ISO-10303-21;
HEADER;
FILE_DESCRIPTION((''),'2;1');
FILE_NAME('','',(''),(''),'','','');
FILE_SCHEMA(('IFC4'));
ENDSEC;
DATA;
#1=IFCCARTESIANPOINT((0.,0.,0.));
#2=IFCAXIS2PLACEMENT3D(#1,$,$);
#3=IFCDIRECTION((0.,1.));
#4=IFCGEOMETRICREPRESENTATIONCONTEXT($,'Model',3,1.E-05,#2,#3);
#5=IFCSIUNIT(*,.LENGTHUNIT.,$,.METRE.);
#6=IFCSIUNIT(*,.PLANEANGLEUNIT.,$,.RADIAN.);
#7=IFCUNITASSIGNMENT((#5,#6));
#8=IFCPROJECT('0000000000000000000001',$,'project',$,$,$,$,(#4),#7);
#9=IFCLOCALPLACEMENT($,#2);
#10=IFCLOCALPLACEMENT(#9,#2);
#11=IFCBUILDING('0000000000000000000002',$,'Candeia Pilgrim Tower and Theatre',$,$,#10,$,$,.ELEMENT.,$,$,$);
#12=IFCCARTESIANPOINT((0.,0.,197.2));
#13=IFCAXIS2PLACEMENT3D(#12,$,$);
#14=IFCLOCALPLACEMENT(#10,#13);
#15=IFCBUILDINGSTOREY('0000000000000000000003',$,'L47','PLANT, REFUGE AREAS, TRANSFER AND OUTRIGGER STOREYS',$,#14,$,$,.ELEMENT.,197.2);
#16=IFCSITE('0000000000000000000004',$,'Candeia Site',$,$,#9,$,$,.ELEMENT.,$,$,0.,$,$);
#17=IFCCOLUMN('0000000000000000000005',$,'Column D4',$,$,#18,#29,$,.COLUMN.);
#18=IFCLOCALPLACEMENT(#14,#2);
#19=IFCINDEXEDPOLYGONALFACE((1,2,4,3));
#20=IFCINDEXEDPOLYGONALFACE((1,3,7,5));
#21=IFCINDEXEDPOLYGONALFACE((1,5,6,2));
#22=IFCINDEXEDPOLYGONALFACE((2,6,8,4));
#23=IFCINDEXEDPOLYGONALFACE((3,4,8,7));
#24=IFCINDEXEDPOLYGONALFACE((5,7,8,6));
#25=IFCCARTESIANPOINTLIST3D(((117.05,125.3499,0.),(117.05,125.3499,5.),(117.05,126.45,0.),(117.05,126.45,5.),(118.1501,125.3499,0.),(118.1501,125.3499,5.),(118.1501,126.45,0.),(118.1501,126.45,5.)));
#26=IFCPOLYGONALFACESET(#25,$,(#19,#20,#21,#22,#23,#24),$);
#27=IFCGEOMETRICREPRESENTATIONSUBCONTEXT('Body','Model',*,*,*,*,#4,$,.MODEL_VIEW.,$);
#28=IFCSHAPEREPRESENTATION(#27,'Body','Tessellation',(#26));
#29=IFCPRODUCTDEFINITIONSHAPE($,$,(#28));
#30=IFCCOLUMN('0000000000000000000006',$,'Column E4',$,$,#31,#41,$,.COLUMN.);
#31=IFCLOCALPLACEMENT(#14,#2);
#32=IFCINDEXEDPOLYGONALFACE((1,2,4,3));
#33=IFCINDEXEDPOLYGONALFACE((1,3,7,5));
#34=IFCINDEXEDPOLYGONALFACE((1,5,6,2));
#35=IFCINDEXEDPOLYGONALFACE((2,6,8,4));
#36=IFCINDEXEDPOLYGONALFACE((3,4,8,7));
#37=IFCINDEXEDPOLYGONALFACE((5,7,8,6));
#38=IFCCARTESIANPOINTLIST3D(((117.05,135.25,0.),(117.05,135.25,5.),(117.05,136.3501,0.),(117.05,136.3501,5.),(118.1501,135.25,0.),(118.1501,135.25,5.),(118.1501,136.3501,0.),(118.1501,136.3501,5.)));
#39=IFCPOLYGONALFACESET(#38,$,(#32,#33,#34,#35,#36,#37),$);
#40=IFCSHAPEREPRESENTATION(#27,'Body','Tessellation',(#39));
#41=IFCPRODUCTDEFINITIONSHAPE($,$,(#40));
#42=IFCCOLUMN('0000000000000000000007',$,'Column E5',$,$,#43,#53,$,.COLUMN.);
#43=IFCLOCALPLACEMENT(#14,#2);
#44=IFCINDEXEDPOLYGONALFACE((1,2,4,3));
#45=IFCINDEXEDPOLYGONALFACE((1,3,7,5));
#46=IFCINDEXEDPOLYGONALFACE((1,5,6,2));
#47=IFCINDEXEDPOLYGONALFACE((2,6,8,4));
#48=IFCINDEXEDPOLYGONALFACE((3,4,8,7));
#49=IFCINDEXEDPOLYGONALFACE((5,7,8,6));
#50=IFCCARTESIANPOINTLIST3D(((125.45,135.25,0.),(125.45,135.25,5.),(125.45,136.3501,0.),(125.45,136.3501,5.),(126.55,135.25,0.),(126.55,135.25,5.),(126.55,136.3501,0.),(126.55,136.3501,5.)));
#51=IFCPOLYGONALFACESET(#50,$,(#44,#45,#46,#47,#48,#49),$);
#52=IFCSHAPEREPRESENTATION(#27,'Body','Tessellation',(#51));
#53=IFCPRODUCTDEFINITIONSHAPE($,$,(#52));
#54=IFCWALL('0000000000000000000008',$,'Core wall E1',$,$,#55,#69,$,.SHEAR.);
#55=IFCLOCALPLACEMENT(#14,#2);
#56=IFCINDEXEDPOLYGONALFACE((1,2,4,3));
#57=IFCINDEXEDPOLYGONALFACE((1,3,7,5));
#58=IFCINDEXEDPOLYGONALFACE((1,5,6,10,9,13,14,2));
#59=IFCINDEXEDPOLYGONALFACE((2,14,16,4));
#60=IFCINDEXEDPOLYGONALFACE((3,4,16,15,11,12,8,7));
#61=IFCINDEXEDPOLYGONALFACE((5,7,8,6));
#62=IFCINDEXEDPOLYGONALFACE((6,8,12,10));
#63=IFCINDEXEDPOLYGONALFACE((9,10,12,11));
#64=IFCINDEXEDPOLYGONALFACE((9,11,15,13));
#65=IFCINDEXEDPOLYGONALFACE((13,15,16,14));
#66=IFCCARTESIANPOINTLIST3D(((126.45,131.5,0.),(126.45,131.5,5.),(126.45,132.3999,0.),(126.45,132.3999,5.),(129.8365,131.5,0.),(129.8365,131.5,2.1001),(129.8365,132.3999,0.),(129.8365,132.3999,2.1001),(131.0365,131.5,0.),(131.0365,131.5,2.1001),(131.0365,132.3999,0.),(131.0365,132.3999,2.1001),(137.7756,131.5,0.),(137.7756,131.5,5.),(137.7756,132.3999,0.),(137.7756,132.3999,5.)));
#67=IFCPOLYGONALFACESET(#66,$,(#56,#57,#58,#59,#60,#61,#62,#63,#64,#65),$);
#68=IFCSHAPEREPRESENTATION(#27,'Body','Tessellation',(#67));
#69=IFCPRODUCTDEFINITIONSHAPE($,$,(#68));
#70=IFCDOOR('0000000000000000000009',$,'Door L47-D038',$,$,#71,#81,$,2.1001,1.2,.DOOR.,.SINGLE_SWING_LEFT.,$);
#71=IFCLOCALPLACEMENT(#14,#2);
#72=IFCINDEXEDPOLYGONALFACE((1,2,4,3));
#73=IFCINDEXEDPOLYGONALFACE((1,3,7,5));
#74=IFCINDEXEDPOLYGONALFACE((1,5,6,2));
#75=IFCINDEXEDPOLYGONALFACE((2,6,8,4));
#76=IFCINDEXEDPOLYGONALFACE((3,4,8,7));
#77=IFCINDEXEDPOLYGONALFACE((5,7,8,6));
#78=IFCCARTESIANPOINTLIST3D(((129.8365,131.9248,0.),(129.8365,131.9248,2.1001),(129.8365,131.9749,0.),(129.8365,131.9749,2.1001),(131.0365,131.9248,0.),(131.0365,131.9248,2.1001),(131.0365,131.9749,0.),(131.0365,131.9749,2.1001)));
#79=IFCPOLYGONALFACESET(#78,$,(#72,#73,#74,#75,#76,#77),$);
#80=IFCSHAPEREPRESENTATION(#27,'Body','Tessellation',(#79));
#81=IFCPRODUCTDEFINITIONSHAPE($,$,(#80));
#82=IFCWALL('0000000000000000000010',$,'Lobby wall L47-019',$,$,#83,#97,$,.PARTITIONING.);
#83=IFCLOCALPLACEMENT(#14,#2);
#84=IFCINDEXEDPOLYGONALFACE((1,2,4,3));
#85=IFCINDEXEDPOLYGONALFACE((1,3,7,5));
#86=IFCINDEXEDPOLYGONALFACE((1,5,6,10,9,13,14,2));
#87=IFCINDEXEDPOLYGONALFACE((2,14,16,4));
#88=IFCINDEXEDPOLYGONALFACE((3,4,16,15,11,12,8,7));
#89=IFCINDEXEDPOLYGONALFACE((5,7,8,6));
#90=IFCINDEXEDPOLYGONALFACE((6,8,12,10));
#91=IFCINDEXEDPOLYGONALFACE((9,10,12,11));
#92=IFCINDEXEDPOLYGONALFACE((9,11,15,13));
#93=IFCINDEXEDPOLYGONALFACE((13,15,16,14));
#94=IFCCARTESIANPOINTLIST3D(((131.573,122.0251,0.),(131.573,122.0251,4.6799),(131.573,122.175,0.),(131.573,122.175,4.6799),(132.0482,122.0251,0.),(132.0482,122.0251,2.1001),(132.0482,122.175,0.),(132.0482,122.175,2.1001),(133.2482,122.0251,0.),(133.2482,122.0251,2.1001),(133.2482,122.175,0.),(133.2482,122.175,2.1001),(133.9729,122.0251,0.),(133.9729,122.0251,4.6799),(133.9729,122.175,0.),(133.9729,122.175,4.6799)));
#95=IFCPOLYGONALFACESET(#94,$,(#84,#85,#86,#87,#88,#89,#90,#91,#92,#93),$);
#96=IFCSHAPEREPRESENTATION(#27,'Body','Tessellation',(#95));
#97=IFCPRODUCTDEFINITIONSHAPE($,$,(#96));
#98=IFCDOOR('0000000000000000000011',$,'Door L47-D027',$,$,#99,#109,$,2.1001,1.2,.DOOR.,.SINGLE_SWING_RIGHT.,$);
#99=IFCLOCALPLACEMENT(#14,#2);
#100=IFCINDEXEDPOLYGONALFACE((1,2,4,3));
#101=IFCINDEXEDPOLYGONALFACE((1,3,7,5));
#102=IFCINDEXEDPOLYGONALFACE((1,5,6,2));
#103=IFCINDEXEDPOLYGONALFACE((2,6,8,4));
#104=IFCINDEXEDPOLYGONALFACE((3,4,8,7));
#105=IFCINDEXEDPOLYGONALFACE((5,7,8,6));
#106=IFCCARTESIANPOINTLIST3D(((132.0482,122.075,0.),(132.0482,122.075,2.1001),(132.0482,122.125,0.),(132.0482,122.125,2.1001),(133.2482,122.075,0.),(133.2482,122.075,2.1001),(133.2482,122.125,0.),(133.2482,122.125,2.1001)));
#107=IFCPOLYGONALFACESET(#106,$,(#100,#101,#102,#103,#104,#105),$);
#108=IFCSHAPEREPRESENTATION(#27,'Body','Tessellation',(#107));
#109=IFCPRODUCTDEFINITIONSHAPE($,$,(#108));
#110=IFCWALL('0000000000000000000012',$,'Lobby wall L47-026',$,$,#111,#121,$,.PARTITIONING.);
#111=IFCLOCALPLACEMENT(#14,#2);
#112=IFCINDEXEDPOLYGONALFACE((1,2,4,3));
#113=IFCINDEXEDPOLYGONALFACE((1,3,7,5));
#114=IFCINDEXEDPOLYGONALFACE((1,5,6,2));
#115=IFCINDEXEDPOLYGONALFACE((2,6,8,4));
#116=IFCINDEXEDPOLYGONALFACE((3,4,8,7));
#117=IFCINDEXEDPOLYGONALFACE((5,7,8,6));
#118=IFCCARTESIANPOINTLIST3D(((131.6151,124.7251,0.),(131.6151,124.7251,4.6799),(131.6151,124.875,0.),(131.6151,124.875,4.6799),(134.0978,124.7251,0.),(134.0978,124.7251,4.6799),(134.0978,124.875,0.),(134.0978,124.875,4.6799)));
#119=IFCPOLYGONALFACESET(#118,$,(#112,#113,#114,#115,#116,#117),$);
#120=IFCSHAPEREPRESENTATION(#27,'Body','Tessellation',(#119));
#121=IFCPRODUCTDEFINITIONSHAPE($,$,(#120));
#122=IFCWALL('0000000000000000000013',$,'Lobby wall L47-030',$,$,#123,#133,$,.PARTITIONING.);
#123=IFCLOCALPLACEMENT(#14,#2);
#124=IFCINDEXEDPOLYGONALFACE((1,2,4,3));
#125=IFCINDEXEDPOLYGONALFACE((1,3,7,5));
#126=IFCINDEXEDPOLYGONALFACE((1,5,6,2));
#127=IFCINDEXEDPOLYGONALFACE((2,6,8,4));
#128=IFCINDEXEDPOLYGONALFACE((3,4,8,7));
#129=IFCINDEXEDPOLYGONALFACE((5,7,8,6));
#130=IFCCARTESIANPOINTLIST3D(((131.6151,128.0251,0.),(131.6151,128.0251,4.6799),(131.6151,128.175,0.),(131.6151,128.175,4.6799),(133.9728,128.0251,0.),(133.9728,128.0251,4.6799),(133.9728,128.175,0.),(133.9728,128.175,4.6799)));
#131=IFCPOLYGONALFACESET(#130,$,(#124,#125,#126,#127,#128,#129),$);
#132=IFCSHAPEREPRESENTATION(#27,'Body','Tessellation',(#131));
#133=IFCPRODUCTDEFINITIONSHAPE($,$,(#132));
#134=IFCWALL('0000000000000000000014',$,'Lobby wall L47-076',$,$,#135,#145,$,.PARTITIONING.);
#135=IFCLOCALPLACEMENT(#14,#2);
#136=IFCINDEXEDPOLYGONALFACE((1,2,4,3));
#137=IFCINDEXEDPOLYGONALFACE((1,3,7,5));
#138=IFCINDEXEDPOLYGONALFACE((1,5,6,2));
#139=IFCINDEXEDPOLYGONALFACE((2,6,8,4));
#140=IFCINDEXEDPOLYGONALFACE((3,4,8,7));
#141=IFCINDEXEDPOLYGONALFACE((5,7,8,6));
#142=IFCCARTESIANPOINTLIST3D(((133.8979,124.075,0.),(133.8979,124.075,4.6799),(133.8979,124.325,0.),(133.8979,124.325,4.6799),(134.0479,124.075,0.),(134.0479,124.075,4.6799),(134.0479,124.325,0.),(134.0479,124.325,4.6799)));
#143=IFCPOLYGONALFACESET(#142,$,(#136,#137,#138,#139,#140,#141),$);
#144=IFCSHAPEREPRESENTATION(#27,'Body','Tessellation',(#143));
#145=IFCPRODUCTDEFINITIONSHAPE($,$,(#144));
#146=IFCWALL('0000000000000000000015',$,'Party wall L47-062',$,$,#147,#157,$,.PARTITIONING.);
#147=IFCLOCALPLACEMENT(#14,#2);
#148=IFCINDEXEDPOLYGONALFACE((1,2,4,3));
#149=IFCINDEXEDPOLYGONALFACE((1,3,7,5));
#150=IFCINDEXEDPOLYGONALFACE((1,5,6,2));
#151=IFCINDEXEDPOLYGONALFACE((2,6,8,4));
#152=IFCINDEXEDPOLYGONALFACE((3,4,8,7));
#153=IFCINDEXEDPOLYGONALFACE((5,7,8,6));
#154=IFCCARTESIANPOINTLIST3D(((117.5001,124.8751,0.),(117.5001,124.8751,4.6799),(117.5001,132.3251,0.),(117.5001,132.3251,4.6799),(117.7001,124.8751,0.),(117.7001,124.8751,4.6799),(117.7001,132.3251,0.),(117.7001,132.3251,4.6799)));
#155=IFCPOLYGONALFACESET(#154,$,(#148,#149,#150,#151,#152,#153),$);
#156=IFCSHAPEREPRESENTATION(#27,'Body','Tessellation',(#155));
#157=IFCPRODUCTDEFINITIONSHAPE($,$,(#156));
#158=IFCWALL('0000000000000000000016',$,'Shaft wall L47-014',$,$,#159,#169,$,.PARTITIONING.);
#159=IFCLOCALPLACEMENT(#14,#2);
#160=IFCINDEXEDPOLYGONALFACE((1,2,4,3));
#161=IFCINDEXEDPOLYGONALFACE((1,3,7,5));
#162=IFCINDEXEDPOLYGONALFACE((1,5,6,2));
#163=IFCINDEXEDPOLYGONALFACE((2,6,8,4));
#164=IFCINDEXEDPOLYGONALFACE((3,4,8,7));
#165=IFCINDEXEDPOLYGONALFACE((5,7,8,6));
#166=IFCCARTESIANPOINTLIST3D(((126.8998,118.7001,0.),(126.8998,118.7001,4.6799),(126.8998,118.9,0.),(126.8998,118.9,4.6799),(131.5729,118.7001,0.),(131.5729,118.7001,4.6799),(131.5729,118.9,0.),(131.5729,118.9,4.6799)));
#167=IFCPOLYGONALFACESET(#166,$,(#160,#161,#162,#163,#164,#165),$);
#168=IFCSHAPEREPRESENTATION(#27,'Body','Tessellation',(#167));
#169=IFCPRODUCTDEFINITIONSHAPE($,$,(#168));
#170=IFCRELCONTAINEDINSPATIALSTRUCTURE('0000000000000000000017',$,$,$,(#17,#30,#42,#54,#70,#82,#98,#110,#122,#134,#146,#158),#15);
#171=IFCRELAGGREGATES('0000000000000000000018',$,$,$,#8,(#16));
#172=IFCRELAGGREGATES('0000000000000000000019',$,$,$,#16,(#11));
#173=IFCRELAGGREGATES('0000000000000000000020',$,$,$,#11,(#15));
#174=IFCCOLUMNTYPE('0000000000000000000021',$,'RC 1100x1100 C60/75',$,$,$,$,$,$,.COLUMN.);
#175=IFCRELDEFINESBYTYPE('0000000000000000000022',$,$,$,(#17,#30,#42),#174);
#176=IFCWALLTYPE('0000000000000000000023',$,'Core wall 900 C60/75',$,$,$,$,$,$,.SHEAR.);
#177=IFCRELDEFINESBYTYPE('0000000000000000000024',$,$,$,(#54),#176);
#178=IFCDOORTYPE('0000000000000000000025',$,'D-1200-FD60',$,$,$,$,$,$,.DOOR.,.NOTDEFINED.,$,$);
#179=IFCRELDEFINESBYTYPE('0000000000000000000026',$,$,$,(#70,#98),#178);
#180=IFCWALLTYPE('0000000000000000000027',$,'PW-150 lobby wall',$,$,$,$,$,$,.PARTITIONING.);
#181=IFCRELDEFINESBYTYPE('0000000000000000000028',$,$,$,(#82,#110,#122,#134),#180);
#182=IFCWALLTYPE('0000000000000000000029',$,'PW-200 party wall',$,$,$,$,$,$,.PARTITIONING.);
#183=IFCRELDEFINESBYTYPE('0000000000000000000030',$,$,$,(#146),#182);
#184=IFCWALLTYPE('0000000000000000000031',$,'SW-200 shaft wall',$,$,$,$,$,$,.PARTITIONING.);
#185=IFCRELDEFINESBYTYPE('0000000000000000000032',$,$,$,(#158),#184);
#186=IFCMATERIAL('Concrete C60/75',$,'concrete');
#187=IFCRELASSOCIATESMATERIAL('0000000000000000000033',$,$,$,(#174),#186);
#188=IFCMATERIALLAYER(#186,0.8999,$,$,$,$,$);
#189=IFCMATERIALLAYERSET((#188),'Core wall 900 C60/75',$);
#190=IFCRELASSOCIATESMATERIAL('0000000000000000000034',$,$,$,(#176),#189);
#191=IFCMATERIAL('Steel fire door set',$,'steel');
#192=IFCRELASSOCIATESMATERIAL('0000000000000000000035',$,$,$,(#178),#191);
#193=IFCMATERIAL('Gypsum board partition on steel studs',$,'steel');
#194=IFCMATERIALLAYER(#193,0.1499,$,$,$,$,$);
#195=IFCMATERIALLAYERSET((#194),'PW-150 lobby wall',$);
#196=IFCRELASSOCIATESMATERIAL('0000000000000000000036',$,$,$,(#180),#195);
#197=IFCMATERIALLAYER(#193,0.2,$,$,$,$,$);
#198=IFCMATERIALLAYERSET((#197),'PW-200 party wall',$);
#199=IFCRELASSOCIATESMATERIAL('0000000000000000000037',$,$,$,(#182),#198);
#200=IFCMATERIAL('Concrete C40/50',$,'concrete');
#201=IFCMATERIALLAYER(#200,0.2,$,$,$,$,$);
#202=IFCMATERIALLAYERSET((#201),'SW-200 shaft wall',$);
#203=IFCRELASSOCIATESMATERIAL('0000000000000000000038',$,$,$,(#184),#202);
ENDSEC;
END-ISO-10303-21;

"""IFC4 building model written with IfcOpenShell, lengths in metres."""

from ifc_helpers import new_model, si_unit, direction, frame, frame_2d, origin, origin_2d, place, context, subcontext, project, spatial, rectangle, extrude, material, layer, layer_set, material_profile, profile_set, type_object, element, fill, save


model = new_model("IFC4")

# Units and contexts
model_context = context("Model", 3, precision=1e-05, world=origin(), true_north=direction((0.0, 1.0)))
body_context = subcontext(model_context, "Body", "Model", "MODEL_VIEW")
ifc_project = project(units=[si_unit("LENGTHUNIT", "METRE"), si_unit("PLANEANGLEUNIT", "RADIAN")], contexts=[model_context])

# Site, building, storey
site_placement = place(None, origin())
site = spatial("IfcSite", under=ifc_project, at=site_placement, Name="Candeia Site", CompositionType="ELEMENT", RefElevation=0.0)
building_placement = place(site_placement, origin())
building = spatial("IfcBuilding", under=site, at=building_placement, Name="Candeia Pilgrim Tower and Theatre", CompositionType="ELEMENT")
storey_placement = place(building_placement, frame((0.0, 0.0, 197.2)))
storey = spatial("IfcBuildingStorey", under=building, at=storey_placement, Name="L47", Description="PLANT, REFUGE AREAS, TRANSFER AND OUTRIGGER STOREYS", CompositionType="ELEMENT", Elevation=197.2)

# Columns
ifc_material_1 = material(Name="Concrete C60/75", Category="concrete")
ifc_material_profile = material_profile(ifc_material_1, rectangle(XDim=1.1001, YDim=1.1001, at=origin_2d()))
ifc_profile_set = profile_set([ifc_material_profile], Name="Concrete C60/75")
column_type = type_object("IfcColumnType", Name="RC 1100x1100 C60/75", PredefinedType="COLUMN", material=ifc_profile_set)
for number, where, z_axis, x_axis, name in (
    (1, (117.6001, 125.8999, 0.0), (0.0, 0.0, 1.0), (1.0, 0.0, 0.0), "Column D4"),
    (2, (117.6001, 135.8, 0.0), (0.0, 0.0, 1.0), (1.0, 0.0, 0.0), "Column E4"),
    (3, (126.0, 135.8, 0.0), (0.0, 0.0, 1.0), (1.0, 0.0, 0.0), "Column E5"),
):
    element("IfcColumn", number, at=place(storey_placement, frame(where, z_axis=z_axis, x_axis=x_axis)), inside=storey, type_object=column_type, Name=name, PredefinedType="COLUMN", context=body_context, shape_type="SweptSolid", body=[
        extrude(rectangle(XDim=1.1001, YDim=1.1001, at=origin_2d()), origin(), (0.0, 0.0, 1.0), 5.0),
    ])

# Walls, openings, doors
ifc_layer_1 = layer(ifc_material_1, 0.8999)
ifc_layer_set_1 = layer_set([ifc_layer_1], Name="Core wall 900 C60/75")
wall_type_1 = type_object("IfcWallType", Name="Core wall 900 C60/75", PredefinedType="SHEAR", material=ifc_layer_set_1)
wall_1_placement = place(storey_placement, frame((126.45, 131.95, 0.0), z_axis=(0.0, 0.0, 1.0), x_axis=(1.0, 0.0, 0.0)))
wall_1 = element("IfcWall", 4, at=wall_1_placement, inside=storey, type_object=wall_type_1, Name="Core wall E1", PredefinedType="SHEAR", context=body_context, shape_type="SweptSolid", body=[
    extrude(rectangle(XDim=11.3257, YDim=0.8999, at=frame_2d((5.6628, 0.0))), origin(), (0.0, 0.0, 1.0), 5.0),
])
opening_1_placement = place(wall_1_placement, frame((3.3865, 0.0, 0.0)))
opening_1 = element("IfcOpeningElement", 5, at=opening_1_placement, cuts=wall_1, PredefinedType="OPENING", context=body_context, shape_type="SweptSolid", body=[
    extrude(rectangle(XDim=1.2, YDim=2.1001, at=frame_2d((0.6001, 1.05))), frame((0.0, 0.46, 0.0), z_axis=(0.0, -1.0, 0.0), x_axis=(1.0, 0.0, 0.0)), (0.0, 0.0, 1.0), 0.9199),
])
ifc_material_2 = material(Name="Steel fire door set", Category="steel")
door_type_1 = type_object("IfcDoorType", Name="D-1200-FD60", OperationType="NOTDEFINED", PredefinedType="DOOR", material=ifc_material_2)
door_1_placement = place(opening_1_placement, origin())
door_1 = element("IfcDoor", 6, at=door_1_placement, inside=storey, type_object=door_type_1, Name="Door L47-D038", OperationType="SINGLE_SWING_LEFT", OverallHeight=2.1001, OverallWidth=1.2, PredefinedType="DOOR", context=body_context, shape_type="SweptSolid", body=[
    extrude(rectangle(XDim=1.2, YDim=2.1001, at=frame_2d((0.6001, 1.05))), frame((0.0, 0.0249, 0.0), z_axis=(0.0, -1.0, 0.0), x_axis=(1.0, 0.0, 0.0)), (0.0, 0.0, 1.0), 0.05),
])
fill(opening_1, door_1)
ifc_material_3 = material(Name="Gypsum board partition on steel studs", Category="steel")
ifc_layer_2 = layer(ifc_material_3, 0.1499)
ifc_layer_set_2 = layer_set([ifc_layer_2], Name="PW-150 lobby wall")
wall_type_2 = type_object("IfcWallType", Name="PW-150 lobby wall", PredefinedType="PARTITIONING", material=ifc_layer_set_2)
wall_2_placement = place(storey_placement, frame((131.573, 122.1001, 0.0), z_axis=(0.0, 0.0, 1.0), x_axis=(1.0, 0.0, 0.0)))
wall_2 = element("IfcWall", 7, at=wall_2_placement, inside=storey, type_object=wall_type_2, Name="Lobby wall L47-019", PredefinedType="PARTITIONING", context=body_context, shape_type="SweptSolid", body=[
    extrude(rectangle(XDim=2.3999, YDim=0.1499, at=frame_2d((1.2, 0.0))), origin(), (0.0, 0.0, 1.0), 4.6799),
])
opening_2_placement = place(wall_2_placement, frame((0.4751, 0.0, 0.0)))
opening_2 = element("IfcOpeningElement", 8, at=opening_2_placement, cuts=wall_2, PredefinedType="OPENING", context=body_context, shape_type="SweptSolid", body=[
    extrude(rectangle(XDim=1.2, YDim=2.1001, at=frame_2d((0.6001, 1.05))), frame((0.0, 0.085, 0.0), z_axis=(0.0, -1.0, 0.0), x_axis=(1.0, 0.0, 0.0)), (0.0, 0.0, 1.0), 0.1699),
])
door_2_placement = place(opening_2_placement, origin())
door_2 = element("IfcDoor", 9, at=door_2_placement, inside=storey, type_object=door_type_1, Name="Door L47-D027", OperationType="SINGLE_SWING_RIGHT", OverallHeight=2.1001, OverallWidth=1.2, PredefinedType="DOOR", context=body_context, shape_type="SweptSolid", body=[
    extrude(rectangle(XDim=1.2, YDim=2.1001, at=frame_2d((0.6001, 1.05))), frame((0.0, 0.0249, 0.0), z_axis=(0.0, -1.0, 0.0), x_axis=(1.0, 0.0, 0.0)), (0.0, 0.0, 1.0), 0.05),
])
fill(opening_2, door_2)

# Walls
wall_3_placement = place(storey_placement, frame((131.6152, 124.8, 0.0), z_axis=(0.0, 0.0, 1.0), x_axis=(1.0, 0.0, 0.0)))
element("IfcWall", 10, at=wall_3_placement, inside=storey, type_object=wall_type_2, Name="Lobby wall L47-026", PredefinedType="PARTITIONING", context=body_context, shape_type="SweptSolid", body=[
    extrude(rectangle(XDim=2.4827, YDim=0.1499, at=frame_2d((1.2412, 0.0))), origin(), (0.0, 0.0, 1.0), 4.6799),
])
wall_4_placement = place(storey_placement, frame((131.6152, 128.1001, 0.0), z_axis=(0.0, 0.0, 1.0), x_axis=(1.0, 0.0, 0.0)))
element("IfcWall", 11, at=wall_4_placement, inside=storey, type_object=wall_type_2, Name="Lobby wall L47-030", PredefinedType="PARTITIONING", context=body_context, shape_type="SweptSolid", body=[
    extrude(rectangle(XDim=2.3577, YDim=0.1499, at=frame_2d((1.1787, 0.0))), origin(), (0.0, 0.0, 1.0), 4.6799),
])
wall_5_placement = place(storey_placement, frame((133.9729, 124.075, 0.0), z_axis=(0.0, 0.0, 1.0), x_axis=(0.0, 1.0, 0.0)))
element("IfcWall", 12, at=wall_5_placement, inside=storey, type_object=wall_type_2, Name="Lobby wall L47-076", PredefinedType="PARTITIONING", context=body_context, shape_type="SweptSolid", body=[
    extrude(rectangle(XDim=0.25, YDim=0.1499, at=frame_2d((0.125, 0.0))), origin(), (0.0, 0.0, 1.0), 4.6799),
])
ifc_layer_3 = layer(ifc_material_3, 0.2)
ifc_layer_set_3 = layer_set([ifc_layer_3], Name="PW-200 party wall")
wall_type_3 = type_object("IfcWallType", Name="PW-200 party wall", PredefinedType="PARTITIONING", material=ifc_layer_set_3)
wall_6_placement = place(storey_placement, frame((117.6001, 124.875, 0.0), z_axis=(0.0, 0.0, 1.0), x_axis=(0.0, 1.0, 0.0)))
element("IfcWall", 13, at=wall_6_placement, inside=storey, type_object=wall_type_3, Name="Party wall L47-062", PredefinedType="PARTITIONING", context=body_context, shape_type="SweptSolid", body=[
    extrude(rectangle(XDim=7.45, YDim=0.2, at=frame_2d((3.7251, 0.0))), origin(), (0.0, 0.0, 1.0), 4.6799),
])
ifc_material_4 = material(Name="Concrete C40/50", Category="concrete")
ifc_layer_4 = layer(ifc_material_4, 0.2)
ifc_layer_set_4 = layer_set([ifc_layer_4], Name="SW-200 shaft wall")
wall_type_4 = type_object("IfcWallType", Name="SW-200 shaft wall", PredefinedType="PARTITIONING", material=ifc_layer_set_4)
wall_7_placement = place(storey_placement, frame((126.8999, 118.8, 0.0), z_axis=(0.0, 0.0, 1.0), x_axis=(1.0, 0.0, 0.0)))
element("IfcWall", 14, at=wall_7_placement, inside=storey, type_object=wall_type_4, Name="Shaft wall L47-014", PredefinedType="PARTITIONING", context=body_context, shape_type="SweptSolid", body=[
    extrude(rectangle(XDim=4.6731, YDim=0.2, at=frame_2d((2.3364, 0.0))), origin(), (0.0, 0.0, 1.0), 4.6799),
])

save(model, "model.ifc")
